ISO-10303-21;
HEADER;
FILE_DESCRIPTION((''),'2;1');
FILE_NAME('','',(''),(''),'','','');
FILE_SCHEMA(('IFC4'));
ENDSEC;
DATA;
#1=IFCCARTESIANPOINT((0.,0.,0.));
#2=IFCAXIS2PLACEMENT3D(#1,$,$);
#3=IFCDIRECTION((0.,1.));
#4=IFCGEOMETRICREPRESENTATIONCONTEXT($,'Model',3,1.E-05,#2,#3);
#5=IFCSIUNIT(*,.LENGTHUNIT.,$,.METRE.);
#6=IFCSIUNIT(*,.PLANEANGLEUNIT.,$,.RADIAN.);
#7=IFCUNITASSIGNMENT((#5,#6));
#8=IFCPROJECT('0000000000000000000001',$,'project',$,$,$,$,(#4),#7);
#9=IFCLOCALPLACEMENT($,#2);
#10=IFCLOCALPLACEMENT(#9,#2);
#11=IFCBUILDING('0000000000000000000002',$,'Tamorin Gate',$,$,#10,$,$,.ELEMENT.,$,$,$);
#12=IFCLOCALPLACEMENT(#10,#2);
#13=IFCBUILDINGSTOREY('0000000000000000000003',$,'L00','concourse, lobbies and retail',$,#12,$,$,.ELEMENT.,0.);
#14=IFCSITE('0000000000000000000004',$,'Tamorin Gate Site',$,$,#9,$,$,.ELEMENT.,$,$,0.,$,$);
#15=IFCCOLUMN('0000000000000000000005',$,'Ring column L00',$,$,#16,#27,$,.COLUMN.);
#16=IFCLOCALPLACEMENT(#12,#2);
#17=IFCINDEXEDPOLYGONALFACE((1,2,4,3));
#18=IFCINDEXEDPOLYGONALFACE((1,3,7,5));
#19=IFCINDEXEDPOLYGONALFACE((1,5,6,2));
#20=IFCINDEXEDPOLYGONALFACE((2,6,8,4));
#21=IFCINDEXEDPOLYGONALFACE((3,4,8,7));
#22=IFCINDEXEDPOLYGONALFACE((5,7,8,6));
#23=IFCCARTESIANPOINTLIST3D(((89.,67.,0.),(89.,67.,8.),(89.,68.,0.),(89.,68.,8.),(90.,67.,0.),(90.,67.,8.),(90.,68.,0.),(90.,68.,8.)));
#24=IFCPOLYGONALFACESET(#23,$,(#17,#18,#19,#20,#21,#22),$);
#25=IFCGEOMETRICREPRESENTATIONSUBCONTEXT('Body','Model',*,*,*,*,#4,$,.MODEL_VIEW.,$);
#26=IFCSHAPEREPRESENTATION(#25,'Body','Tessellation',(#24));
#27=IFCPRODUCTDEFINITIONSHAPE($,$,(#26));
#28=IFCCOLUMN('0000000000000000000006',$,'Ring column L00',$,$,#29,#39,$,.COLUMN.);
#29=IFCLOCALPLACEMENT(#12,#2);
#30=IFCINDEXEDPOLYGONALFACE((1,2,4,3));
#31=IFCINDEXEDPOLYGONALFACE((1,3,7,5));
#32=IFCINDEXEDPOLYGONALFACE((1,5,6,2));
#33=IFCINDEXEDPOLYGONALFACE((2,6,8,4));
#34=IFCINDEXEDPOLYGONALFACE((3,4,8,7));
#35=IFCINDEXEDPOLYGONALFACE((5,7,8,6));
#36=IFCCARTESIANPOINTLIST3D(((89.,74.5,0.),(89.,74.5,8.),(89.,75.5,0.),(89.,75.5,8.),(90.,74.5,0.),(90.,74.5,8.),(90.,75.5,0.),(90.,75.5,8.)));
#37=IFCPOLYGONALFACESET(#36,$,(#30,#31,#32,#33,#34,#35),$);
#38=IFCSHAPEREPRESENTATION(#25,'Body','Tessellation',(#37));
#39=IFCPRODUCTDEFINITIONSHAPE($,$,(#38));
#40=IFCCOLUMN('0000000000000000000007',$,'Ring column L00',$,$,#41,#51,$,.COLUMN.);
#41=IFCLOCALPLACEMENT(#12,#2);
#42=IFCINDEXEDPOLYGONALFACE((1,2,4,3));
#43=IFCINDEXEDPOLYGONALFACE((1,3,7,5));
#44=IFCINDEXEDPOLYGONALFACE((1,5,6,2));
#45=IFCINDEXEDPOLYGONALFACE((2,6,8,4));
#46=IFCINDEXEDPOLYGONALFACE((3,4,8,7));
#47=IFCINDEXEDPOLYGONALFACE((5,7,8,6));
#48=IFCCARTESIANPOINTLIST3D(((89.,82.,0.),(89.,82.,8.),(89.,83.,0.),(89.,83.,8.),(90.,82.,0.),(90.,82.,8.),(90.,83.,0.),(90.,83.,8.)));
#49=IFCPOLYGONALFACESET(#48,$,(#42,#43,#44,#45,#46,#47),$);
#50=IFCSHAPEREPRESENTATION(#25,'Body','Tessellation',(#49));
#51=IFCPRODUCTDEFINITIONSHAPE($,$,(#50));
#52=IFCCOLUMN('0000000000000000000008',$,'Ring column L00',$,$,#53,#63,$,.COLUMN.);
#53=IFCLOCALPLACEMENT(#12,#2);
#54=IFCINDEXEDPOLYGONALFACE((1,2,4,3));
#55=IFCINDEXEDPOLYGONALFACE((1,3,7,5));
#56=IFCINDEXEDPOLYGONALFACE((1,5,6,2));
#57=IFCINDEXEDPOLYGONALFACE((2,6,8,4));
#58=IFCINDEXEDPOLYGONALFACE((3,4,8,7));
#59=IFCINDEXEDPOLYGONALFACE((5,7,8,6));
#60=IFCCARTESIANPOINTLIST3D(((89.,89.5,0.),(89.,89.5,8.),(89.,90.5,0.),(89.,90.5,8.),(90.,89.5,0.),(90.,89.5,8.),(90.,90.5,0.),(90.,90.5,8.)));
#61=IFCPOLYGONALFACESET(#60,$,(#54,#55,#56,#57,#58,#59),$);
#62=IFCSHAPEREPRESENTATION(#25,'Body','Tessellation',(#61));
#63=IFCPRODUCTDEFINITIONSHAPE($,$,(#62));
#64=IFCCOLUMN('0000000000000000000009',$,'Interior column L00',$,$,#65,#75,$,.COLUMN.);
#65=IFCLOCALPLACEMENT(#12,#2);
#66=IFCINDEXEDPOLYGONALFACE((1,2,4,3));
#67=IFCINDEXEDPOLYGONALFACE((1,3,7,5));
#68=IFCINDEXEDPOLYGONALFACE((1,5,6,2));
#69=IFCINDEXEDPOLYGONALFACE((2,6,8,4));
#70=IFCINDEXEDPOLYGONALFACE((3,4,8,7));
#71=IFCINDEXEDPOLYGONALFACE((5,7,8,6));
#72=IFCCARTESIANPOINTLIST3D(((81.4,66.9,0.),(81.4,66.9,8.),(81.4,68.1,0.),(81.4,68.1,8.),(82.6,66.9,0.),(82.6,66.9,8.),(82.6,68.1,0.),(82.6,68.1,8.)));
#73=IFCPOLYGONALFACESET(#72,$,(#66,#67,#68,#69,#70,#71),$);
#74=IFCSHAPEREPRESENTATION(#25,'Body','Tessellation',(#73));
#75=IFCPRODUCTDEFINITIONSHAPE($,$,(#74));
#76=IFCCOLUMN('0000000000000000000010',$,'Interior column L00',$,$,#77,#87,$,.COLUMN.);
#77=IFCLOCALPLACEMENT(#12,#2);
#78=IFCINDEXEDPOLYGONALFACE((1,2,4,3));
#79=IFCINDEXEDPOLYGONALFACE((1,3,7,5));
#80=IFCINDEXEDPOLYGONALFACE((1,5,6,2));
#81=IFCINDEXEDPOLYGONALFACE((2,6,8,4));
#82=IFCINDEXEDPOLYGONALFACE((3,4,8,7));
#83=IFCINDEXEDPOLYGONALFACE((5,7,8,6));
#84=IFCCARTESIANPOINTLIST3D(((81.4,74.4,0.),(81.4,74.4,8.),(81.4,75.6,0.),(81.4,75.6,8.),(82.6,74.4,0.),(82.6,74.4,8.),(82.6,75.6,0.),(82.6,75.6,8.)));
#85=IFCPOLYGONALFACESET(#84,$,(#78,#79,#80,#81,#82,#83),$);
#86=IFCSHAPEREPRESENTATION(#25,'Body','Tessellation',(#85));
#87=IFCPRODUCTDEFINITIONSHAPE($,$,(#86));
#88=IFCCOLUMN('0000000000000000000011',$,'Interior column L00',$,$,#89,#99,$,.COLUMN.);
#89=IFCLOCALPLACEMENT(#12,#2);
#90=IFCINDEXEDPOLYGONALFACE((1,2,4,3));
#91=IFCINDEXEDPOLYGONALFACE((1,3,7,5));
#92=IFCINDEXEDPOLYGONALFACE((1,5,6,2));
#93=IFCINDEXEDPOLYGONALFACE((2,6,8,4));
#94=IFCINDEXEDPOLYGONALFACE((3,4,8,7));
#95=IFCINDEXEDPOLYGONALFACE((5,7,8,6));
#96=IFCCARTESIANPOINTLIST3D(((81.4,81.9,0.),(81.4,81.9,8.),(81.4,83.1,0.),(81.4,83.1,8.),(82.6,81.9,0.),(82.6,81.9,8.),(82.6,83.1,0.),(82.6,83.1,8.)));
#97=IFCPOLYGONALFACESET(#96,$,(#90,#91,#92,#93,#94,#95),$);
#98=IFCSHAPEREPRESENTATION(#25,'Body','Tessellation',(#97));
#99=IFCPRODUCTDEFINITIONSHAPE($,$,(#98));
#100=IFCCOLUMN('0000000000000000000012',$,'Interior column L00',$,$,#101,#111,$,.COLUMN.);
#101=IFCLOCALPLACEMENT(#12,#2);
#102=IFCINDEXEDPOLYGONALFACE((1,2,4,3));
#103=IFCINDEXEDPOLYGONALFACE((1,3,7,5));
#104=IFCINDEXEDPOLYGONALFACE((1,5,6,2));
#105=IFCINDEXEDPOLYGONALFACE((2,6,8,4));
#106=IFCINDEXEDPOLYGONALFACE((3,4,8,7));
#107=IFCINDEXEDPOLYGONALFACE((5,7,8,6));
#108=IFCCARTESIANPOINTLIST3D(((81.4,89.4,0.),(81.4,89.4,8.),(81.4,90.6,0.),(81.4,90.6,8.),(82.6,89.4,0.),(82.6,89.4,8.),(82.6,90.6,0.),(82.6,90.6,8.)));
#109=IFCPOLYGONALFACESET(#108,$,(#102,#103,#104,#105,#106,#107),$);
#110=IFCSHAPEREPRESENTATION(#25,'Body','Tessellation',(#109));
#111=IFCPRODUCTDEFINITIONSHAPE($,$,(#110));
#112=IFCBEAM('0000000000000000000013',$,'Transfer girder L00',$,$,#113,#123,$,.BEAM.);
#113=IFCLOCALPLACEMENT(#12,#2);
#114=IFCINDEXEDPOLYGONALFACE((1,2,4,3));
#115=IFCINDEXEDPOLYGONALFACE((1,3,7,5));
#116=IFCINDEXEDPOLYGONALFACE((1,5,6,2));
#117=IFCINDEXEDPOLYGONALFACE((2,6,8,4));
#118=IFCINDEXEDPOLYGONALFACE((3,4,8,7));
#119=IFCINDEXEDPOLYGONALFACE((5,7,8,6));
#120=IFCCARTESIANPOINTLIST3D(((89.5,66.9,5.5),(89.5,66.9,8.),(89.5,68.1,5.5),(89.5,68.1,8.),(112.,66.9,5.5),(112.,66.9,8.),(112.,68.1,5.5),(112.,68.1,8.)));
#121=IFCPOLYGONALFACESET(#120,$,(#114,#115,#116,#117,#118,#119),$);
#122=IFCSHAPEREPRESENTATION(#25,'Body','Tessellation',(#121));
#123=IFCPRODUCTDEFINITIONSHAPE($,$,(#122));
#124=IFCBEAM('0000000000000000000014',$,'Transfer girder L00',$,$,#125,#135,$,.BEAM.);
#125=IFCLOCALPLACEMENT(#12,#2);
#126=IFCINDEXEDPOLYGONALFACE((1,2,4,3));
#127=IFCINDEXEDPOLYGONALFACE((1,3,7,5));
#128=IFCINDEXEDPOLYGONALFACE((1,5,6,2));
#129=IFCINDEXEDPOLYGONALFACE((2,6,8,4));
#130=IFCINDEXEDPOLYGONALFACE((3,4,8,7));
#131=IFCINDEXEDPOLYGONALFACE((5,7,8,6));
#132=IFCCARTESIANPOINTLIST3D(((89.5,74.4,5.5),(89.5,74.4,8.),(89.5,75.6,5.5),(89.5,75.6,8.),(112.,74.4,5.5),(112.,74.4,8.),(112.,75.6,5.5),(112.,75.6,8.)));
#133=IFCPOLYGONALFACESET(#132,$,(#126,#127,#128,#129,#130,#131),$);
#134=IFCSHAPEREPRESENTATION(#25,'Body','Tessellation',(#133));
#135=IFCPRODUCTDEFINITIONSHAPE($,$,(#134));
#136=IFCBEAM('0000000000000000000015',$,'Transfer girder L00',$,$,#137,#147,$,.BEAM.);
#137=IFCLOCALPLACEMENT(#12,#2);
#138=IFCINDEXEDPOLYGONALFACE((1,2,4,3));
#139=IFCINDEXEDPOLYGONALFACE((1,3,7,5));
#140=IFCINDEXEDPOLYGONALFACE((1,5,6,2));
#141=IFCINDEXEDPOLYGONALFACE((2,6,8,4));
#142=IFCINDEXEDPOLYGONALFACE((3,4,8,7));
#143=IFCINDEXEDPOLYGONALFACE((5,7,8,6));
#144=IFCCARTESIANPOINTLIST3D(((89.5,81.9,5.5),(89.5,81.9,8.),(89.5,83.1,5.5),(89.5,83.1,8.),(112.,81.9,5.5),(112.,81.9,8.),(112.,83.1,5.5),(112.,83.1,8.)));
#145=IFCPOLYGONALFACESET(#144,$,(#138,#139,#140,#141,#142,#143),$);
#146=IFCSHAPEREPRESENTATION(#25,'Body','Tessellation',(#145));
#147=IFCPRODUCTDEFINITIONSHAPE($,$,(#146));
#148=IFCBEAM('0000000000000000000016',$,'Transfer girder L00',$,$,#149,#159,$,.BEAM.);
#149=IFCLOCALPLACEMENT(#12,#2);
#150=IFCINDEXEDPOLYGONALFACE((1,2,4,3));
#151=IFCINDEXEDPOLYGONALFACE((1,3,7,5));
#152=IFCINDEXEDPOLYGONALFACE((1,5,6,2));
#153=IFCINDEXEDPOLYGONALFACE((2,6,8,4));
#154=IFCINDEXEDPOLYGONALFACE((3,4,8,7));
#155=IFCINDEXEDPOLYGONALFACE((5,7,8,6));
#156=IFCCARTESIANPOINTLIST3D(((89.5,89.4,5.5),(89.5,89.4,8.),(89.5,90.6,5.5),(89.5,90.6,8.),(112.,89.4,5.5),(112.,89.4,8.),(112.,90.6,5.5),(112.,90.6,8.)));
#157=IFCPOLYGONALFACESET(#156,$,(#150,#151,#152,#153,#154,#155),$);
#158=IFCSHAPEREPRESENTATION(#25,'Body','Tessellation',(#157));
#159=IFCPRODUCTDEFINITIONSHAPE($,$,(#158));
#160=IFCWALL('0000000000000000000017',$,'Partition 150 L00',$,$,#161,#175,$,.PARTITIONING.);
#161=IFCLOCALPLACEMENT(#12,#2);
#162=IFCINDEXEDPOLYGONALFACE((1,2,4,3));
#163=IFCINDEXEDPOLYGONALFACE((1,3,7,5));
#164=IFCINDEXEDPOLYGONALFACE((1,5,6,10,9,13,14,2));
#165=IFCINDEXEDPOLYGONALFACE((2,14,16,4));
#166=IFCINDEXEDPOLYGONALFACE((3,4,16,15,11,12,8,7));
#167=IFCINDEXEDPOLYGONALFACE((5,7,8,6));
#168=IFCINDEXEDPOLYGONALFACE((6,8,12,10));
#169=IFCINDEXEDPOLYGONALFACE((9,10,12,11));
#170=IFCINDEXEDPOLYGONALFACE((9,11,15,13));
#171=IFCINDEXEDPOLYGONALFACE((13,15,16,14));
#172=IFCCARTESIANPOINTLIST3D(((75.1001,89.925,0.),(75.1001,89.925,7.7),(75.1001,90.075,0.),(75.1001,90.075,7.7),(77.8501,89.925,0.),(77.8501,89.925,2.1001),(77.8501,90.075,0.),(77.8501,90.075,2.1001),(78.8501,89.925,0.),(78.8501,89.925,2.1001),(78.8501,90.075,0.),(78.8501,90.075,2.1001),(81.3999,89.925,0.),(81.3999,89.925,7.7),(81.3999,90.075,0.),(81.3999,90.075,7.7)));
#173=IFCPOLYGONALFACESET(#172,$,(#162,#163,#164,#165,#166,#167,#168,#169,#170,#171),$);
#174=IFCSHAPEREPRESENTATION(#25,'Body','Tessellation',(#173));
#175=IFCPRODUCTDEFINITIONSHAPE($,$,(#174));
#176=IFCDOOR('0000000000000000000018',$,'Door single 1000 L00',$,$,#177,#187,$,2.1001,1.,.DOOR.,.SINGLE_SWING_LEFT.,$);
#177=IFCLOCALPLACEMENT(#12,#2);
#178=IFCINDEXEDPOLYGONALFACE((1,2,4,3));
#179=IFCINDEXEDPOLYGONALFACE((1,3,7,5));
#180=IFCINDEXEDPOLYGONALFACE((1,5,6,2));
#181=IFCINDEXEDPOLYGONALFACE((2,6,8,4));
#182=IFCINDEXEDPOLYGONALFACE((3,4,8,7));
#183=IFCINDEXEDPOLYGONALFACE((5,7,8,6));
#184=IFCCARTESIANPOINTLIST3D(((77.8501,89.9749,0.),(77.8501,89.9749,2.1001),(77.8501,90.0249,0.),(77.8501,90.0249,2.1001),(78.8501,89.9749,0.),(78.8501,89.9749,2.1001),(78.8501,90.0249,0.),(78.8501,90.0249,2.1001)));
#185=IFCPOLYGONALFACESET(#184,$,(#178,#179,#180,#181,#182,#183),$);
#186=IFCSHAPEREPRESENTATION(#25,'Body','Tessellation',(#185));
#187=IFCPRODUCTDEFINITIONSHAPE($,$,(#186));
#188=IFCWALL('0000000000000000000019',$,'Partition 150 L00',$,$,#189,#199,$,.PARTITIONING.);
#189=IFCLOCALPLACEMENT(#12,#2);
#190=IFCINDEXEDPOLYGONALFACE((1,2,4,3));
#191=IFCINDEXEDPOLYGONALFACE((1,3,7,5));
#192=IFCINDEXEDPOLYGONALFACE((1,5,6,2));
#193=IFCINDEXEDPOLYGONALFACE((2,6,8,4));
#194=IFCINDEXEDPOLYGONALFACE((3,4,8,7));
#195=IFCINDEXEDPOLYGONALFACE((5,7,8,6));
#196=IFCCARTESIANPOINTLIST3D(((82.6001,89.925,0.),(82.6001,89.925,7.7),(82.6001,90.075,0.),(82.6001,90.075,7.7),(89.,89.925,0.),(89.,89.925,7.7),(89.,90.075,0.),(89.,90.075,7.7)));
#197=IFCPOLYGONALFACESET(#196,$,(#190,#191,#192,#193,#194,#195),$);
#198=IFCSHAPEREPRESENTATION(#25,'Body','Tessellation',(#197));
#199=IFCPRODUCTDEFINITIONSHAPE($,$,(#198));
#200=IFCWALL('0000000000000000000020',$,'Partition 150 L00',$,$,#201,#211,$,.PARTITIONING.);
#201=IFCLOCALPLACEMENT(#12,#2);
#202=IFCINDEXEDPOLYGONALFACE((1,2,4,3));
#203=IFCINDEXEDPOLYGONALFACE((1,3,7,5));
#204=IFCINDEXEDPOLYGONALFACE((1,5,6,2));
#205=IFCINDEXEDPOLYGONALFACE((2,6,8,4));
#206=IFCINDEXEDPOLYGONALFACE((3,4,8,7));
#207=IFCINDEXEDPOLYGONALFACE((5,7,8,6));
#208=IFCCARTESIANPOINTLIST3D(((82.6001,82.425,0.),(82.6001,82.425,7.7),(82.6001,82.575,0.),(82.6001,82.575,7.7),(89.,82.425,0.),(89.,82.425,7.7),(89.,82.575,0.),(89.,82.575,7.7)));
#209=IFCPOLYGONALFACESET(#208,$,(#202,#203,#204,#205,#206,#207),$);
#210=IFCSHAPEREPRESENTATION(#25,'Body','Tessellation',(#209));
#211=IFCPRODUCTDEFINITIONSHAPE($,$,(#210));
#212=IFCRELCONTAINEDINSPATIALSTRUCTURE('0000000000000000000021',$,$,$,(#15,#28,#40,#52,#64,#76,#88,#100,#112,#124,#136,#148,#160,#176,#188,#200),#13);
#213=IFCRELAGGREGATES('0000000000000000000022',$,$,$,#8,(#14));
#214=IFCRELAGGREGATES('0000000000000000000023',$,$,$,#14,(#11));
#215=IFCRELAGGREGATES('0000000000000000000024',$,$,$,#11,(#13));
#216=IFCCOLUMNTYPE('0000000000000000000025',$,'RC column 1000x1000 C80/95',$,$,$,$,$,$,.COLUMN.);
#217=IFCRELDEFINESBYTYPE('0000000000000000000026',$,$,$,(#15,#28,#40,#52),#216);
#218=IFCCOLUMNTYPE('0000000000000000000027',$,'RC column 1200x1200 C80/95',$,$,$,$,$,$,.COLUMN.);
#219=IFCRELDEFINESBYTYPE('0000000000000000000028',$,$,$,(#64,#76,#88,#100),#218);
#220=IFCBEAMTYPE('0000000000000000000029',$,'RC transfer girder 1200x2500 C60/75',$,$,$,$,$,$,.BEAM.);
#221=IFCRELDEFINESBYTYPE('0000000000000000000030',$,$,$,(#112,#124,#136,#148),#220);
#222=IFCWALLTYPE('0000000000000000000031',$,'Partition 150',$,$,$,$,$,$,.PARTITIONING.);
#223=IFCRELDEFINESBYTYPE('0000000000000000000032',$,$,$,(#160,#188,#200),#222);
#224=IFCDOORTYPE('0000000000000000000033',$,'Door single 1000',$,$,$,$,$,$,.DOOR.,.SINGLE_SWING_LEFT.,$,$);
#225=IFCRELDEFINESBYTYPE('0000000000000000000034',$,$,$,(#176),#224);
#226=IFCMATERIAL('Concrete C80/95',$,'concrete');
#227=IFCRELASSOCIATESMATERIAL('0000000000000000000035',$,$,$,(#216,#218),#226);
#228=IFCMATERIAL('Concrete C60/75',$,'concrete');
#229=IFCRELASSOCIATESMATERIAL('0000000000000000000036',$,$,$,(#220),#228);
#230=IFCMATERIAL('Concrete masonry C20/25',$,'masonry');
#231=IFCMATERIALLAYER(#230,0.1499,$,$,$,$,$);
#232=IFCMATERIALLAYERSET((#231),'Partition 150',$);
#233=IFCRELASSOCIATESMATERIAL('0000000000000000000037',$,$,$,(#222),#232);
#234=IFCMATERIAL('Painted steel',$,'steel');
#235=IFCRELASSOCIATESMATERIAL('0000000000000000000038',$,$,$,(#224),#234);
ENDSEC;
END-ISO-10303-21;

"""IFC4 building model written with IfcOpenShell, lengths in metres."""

from ifc_helpers import new_model, si_unit, direction, frame, frame_2d, origin, origin_2d, place, context, subcontext, project, spatial, rectangle, extrude, material, layer, layer_set, material_profile, profile_set, type_object, element, fill, save


model = new_model("IFC4")

# Units and contexts
model_context = context("Model", 3, precision=1e-05, world=origin(), true_north=direction((0.0, 1.0)))
body_context = subcontext(model_context, "Body", "Model", "MODEL_VIEW")
ifc_project = project(units=[si_unit("LENGTHUNIT", "METRE"), si_unit("PLANEANGLEUNIT", "RADIAN")], contexts=[model_context])

# Site, building, storey
site_placement = place(None, origin())
site = spatial("IfcSite", under=ifc_project, at=site_placement, Name="Tamorin Gate Site", CompositionType="ELEMENT", RefElevation=0.0)
building_placement = place(site_placement, origin())
building = spatial("IfcBuilding", under=site, at=building_placement, Name="Tamorin Gate", CompositionType="ELEMENT")
storey_placement = place(building_placement, origin())
storey = spatial("IfcBuildingStorey", under=building, at=storey_placement, Name="L00", Description="concourse, lobbies and retail", CompositionType="ELEMENT", Elevation=0.0)

# Columns
ifc_material_1 = material(Name="Concrete C80/95", Category="concrete")
ifc_material_profile_1 = material_profile(ifc_material_1, rectangle(XDim=1.0, YDim=1.0, at=origin_2d()), Name="RC 1000x1000")
ifc_profile_set_1 = profile_set([ifc_material_profile_1], Name="Concrete C80/95")
column_type_1 = type_object("IfcColumnType", Name="RC column 1000x1000 C80/95", PredefinedType="COLUMN", material=ifc_profile_set_1)
for number, where, z_axis, x_axis, name in (
    (1, (89.5, 67.5, 0.0), (0.0, 0.0, 1.0), (1.0, 0.0, 0.0), "Ring column L00"),
    (2, (89.5, 75.0, 0.0), (0.0, 0.0, 1.0), (1.0, 0.0, 0.0), "Ring column L00"),
    (3, (89.5, 82.5, 0.0), (0.0, 0.0, 1.0), (1.0, 0.0, 0.0), "Ring column L00"),
    (4, (89.5, 90.0, 0.0), (0.0, 0.0, 1.0), (1.0, 0.0, 0.0), "Ring column L00"),
):
    element("IfcColumn", number, at=place(storey_placement, frame(where, z_axis=z_axis, x_axis=x_axis)), inside=storey, type_object=column_type_1, Name=name, PredefinedType="COLUMN", context=body_context, shape_type="SweptSolid", body=[
        extrude(rectangle(XDim=1.0, YDim=1.0, at=origin_2d()), origin(), (0.0, 0.0, 1.0), 8.0),
    ])
ifc_material_profile_2 = material_profile(ifc_material_1, rectangle(XDim=1.2, YDim=1.2, at=origin_2d()), Name="RC 1200x1200")
ifc_profile_set_2 = profile_set([ifc_material_profile_2], Name="Concrete C80/95")
column_type_2 = type_object("IfcColumnType", Name="RC column 1200x1200 C80/95", PredefinedType="COLUMN", material=ifc_profile_set_2)
for number, where, z_axis, x_axis, name in (
    (5, (82.0, 67.5, 0.0), (0.0, 0.0, 1.0), (1.0, 0.0, 0.0), "Interior column L00"),
    (6, (82.0, 75.0, 0.0), (0.0, 0.0, 1.0), (1.0, 0.0, 0.0), "Interior column L00"),
    (7, (82.0, 82.5, 0.0), (0.0, 0.0, 1.0), (1.0, 0.0, 0.0), "Interior column L00"),
    (8, (82.0, 90.0, 0.0), (0.0, 0.0, 1.0), (1.0, 0.0, 0.0), "Interior column L00"),
):
    element("IfcColumn", number, at=place(storey_placement, frame(where, z_axis=z_axis, x_axis=x_axis)), inside=storey, type_object=column_type_2, Name=name, PredefinedType="COLUMN", context=body_context, shape_type="SweptSolid", body=[
        extrude(rectangle(XDim=1.2, YDim=1.2, at=origin_2d()), origin(), (0.0, 0.0, 1.0), 8.0),
    ])

# Beams
ifc_material_2 = material(Name="Concrete C60/75", Category="concrete")
ifc_material_profile_3 = material_profile(ifc_material_2, rectangle(XDim=1.2, YDim=2.5, at=origin_2d()), Name="RC 1200x2500")
ifc_profile_set_3 = profile_set([ifc_material_profile_3], Name="Concrete C60/75")
beam_type = type_object("IfcBeamType", Name="RC transfer girder 1200x2500 C60/75", PredefinedType="BEAM", material=ifc_profile_set_3)
for number, where, z_axis, x_axis, name in (
    (9, (89.5, 67.5, 6.75), (1.0, 0.0, 0.0), (0.0, 1.0, 0.0), "Transfer girder L00"),
    (10, (89.5, 75.0, 6.75), (1.0, 0.0, 0.0), (0.0, 1.0, 0.0), "Transfer girder L00"),
    (11, (89.5, 82.5, 6.75), (1.0, 0.0, 0.0), (0.0, 1.0, 0.0), "Transfer girder L00"),
    (12, (89.5, 90.0, 6.75), (1.0, 0.0, 0.0), (0.0, 1.0, 0.0), "Transfer girder L00"),
):
    element("IfcBeam", number, at=place(storey_placement, frame(where, z_axis=z_axis, x_axis=x_axis)), inside=storey, type_object=beam_type, Name=name, PredefinedType="BEAM", context=body_context, shape_type="SweptSolid", body=[
        extrude(rectangle(XDim=1.2, YDim=2.5, at=origin_2d()), origin(), (0.0, 0.0, 1.0), 22.5),
    ])

# Wall, opening, door
ifc_material_3 = material(Name="Concrete masonry C20/25", Category="masonry")
ifc_layer = layer(ifc_material_3, 0.1499)
ifc_layer_set = layer_set([ifc_layer], Name="Partition 150")
wall_type = type_object("IfcWallType", Name="Partition 150", PredefinedType="PARTITIONING", material=ifc_layer_set)
wall_1_placement = place(storey_placement, frame((75.1001, 90.0, 0.0), z_axis=(0.0, 0.0, 1.0), x_axis=(1.0, 0.0, 0.0)))
wall_1 = element("IfcWall", 13, at=wall_1_placement, inside=storey, type_object=wall_type, Name="Partition 150 L00", PredefinedType="PARTITIONING", context=body_context, shape_type="SweptSolid", body=[
    extrude(rectangle(XDim=6.2998, YDim=0.1499, at=frame_2d((3.1499, 0.0))), origin(), (0.0, 0.0, 1.0), 7.7),
])
opening_1_placement = place(wall_1_placement, frame((2.75, 0.0, 0.0)))
opening_1 = element("IfcOpeningElement", 14, at=opening_1_placement, cuts=wall_1, PredefinedType="OPENING", context=body_context, shape_type="SweptSolid", body=[
    extrude(rectangle(XDim=1.0, YDim=2.1001, at=frame_2d((0.5, 1.05))), frame((0.0, 0.085, 0.0), z_axis=(0.0, -1.0, 0.0), x_axis=(1.0, 0.0, 0.0)), (0.0, 0.0, 1.0), 0.1699),
])
ifc_material_4 = material(Name="Painted steel", Category="steel")
door_type_1 = type_object("IfcDoorType", Name="Door single 1000", OperationType="SINGLE_SWING_LEFT", PredefinedType="DOOR", material=ifc_material_4)
door_1_placement = place(opening_1_placement, origin())
door_1 = element("IfcDoor", 15, at=door_1_placement, inside=storey, type_object=door_type_1, Name="Door single 1000 L00", OperationType="SINGLE_SWING_LEFT", OverallHeight=2.1001, OverallWidth=1.0, PredefinedType="DOOR", context=body_context, shape_type="SweptSolid", body=[
    extrude(rectangle(XDim=1.0, YDim=2.1001, at=frame_2d((0.5, 1.05))), frame((0.0, 0.0249, 0.0), z_axis=(0.0, -1.0, 0.0), x_axis=(1.0, 0.0, 0.0)), (0.0, 0.0, 1.0), 0.05),
])
fill(opening_1, door_1)

# Walls
for number, where, z_axis, x_axis, name in (
    (16, (82.6001, 90.0, 0.0), (0.0, 0.0, 1.0), (1.0, 0.0, 0.0), "Partition 150 L00"),
    (17, (82.6001, 82.5, 0.0), (0.0, 0.0, 1.0), (1.0, 0.0, 0.0), "Partition 150 L00"),
):
    element("IfcWall", number, at=place(storey_placement, frame(where, z_axis=z_axis, x_axis=x_axis)), inside=storey, type_object=wall_type, Name=name, PredefinedType="PARTITIONING", context=body_context, shape_type="SweptSolid", body=[
        extrude(rectangle(XDim=6.3999, YDim=0.1499, at=frame_2d((3.2, 0.0))), origin(), (0.0, 0.0, 1.0), 7.7),
    ])

save(model, "model.ifc")
